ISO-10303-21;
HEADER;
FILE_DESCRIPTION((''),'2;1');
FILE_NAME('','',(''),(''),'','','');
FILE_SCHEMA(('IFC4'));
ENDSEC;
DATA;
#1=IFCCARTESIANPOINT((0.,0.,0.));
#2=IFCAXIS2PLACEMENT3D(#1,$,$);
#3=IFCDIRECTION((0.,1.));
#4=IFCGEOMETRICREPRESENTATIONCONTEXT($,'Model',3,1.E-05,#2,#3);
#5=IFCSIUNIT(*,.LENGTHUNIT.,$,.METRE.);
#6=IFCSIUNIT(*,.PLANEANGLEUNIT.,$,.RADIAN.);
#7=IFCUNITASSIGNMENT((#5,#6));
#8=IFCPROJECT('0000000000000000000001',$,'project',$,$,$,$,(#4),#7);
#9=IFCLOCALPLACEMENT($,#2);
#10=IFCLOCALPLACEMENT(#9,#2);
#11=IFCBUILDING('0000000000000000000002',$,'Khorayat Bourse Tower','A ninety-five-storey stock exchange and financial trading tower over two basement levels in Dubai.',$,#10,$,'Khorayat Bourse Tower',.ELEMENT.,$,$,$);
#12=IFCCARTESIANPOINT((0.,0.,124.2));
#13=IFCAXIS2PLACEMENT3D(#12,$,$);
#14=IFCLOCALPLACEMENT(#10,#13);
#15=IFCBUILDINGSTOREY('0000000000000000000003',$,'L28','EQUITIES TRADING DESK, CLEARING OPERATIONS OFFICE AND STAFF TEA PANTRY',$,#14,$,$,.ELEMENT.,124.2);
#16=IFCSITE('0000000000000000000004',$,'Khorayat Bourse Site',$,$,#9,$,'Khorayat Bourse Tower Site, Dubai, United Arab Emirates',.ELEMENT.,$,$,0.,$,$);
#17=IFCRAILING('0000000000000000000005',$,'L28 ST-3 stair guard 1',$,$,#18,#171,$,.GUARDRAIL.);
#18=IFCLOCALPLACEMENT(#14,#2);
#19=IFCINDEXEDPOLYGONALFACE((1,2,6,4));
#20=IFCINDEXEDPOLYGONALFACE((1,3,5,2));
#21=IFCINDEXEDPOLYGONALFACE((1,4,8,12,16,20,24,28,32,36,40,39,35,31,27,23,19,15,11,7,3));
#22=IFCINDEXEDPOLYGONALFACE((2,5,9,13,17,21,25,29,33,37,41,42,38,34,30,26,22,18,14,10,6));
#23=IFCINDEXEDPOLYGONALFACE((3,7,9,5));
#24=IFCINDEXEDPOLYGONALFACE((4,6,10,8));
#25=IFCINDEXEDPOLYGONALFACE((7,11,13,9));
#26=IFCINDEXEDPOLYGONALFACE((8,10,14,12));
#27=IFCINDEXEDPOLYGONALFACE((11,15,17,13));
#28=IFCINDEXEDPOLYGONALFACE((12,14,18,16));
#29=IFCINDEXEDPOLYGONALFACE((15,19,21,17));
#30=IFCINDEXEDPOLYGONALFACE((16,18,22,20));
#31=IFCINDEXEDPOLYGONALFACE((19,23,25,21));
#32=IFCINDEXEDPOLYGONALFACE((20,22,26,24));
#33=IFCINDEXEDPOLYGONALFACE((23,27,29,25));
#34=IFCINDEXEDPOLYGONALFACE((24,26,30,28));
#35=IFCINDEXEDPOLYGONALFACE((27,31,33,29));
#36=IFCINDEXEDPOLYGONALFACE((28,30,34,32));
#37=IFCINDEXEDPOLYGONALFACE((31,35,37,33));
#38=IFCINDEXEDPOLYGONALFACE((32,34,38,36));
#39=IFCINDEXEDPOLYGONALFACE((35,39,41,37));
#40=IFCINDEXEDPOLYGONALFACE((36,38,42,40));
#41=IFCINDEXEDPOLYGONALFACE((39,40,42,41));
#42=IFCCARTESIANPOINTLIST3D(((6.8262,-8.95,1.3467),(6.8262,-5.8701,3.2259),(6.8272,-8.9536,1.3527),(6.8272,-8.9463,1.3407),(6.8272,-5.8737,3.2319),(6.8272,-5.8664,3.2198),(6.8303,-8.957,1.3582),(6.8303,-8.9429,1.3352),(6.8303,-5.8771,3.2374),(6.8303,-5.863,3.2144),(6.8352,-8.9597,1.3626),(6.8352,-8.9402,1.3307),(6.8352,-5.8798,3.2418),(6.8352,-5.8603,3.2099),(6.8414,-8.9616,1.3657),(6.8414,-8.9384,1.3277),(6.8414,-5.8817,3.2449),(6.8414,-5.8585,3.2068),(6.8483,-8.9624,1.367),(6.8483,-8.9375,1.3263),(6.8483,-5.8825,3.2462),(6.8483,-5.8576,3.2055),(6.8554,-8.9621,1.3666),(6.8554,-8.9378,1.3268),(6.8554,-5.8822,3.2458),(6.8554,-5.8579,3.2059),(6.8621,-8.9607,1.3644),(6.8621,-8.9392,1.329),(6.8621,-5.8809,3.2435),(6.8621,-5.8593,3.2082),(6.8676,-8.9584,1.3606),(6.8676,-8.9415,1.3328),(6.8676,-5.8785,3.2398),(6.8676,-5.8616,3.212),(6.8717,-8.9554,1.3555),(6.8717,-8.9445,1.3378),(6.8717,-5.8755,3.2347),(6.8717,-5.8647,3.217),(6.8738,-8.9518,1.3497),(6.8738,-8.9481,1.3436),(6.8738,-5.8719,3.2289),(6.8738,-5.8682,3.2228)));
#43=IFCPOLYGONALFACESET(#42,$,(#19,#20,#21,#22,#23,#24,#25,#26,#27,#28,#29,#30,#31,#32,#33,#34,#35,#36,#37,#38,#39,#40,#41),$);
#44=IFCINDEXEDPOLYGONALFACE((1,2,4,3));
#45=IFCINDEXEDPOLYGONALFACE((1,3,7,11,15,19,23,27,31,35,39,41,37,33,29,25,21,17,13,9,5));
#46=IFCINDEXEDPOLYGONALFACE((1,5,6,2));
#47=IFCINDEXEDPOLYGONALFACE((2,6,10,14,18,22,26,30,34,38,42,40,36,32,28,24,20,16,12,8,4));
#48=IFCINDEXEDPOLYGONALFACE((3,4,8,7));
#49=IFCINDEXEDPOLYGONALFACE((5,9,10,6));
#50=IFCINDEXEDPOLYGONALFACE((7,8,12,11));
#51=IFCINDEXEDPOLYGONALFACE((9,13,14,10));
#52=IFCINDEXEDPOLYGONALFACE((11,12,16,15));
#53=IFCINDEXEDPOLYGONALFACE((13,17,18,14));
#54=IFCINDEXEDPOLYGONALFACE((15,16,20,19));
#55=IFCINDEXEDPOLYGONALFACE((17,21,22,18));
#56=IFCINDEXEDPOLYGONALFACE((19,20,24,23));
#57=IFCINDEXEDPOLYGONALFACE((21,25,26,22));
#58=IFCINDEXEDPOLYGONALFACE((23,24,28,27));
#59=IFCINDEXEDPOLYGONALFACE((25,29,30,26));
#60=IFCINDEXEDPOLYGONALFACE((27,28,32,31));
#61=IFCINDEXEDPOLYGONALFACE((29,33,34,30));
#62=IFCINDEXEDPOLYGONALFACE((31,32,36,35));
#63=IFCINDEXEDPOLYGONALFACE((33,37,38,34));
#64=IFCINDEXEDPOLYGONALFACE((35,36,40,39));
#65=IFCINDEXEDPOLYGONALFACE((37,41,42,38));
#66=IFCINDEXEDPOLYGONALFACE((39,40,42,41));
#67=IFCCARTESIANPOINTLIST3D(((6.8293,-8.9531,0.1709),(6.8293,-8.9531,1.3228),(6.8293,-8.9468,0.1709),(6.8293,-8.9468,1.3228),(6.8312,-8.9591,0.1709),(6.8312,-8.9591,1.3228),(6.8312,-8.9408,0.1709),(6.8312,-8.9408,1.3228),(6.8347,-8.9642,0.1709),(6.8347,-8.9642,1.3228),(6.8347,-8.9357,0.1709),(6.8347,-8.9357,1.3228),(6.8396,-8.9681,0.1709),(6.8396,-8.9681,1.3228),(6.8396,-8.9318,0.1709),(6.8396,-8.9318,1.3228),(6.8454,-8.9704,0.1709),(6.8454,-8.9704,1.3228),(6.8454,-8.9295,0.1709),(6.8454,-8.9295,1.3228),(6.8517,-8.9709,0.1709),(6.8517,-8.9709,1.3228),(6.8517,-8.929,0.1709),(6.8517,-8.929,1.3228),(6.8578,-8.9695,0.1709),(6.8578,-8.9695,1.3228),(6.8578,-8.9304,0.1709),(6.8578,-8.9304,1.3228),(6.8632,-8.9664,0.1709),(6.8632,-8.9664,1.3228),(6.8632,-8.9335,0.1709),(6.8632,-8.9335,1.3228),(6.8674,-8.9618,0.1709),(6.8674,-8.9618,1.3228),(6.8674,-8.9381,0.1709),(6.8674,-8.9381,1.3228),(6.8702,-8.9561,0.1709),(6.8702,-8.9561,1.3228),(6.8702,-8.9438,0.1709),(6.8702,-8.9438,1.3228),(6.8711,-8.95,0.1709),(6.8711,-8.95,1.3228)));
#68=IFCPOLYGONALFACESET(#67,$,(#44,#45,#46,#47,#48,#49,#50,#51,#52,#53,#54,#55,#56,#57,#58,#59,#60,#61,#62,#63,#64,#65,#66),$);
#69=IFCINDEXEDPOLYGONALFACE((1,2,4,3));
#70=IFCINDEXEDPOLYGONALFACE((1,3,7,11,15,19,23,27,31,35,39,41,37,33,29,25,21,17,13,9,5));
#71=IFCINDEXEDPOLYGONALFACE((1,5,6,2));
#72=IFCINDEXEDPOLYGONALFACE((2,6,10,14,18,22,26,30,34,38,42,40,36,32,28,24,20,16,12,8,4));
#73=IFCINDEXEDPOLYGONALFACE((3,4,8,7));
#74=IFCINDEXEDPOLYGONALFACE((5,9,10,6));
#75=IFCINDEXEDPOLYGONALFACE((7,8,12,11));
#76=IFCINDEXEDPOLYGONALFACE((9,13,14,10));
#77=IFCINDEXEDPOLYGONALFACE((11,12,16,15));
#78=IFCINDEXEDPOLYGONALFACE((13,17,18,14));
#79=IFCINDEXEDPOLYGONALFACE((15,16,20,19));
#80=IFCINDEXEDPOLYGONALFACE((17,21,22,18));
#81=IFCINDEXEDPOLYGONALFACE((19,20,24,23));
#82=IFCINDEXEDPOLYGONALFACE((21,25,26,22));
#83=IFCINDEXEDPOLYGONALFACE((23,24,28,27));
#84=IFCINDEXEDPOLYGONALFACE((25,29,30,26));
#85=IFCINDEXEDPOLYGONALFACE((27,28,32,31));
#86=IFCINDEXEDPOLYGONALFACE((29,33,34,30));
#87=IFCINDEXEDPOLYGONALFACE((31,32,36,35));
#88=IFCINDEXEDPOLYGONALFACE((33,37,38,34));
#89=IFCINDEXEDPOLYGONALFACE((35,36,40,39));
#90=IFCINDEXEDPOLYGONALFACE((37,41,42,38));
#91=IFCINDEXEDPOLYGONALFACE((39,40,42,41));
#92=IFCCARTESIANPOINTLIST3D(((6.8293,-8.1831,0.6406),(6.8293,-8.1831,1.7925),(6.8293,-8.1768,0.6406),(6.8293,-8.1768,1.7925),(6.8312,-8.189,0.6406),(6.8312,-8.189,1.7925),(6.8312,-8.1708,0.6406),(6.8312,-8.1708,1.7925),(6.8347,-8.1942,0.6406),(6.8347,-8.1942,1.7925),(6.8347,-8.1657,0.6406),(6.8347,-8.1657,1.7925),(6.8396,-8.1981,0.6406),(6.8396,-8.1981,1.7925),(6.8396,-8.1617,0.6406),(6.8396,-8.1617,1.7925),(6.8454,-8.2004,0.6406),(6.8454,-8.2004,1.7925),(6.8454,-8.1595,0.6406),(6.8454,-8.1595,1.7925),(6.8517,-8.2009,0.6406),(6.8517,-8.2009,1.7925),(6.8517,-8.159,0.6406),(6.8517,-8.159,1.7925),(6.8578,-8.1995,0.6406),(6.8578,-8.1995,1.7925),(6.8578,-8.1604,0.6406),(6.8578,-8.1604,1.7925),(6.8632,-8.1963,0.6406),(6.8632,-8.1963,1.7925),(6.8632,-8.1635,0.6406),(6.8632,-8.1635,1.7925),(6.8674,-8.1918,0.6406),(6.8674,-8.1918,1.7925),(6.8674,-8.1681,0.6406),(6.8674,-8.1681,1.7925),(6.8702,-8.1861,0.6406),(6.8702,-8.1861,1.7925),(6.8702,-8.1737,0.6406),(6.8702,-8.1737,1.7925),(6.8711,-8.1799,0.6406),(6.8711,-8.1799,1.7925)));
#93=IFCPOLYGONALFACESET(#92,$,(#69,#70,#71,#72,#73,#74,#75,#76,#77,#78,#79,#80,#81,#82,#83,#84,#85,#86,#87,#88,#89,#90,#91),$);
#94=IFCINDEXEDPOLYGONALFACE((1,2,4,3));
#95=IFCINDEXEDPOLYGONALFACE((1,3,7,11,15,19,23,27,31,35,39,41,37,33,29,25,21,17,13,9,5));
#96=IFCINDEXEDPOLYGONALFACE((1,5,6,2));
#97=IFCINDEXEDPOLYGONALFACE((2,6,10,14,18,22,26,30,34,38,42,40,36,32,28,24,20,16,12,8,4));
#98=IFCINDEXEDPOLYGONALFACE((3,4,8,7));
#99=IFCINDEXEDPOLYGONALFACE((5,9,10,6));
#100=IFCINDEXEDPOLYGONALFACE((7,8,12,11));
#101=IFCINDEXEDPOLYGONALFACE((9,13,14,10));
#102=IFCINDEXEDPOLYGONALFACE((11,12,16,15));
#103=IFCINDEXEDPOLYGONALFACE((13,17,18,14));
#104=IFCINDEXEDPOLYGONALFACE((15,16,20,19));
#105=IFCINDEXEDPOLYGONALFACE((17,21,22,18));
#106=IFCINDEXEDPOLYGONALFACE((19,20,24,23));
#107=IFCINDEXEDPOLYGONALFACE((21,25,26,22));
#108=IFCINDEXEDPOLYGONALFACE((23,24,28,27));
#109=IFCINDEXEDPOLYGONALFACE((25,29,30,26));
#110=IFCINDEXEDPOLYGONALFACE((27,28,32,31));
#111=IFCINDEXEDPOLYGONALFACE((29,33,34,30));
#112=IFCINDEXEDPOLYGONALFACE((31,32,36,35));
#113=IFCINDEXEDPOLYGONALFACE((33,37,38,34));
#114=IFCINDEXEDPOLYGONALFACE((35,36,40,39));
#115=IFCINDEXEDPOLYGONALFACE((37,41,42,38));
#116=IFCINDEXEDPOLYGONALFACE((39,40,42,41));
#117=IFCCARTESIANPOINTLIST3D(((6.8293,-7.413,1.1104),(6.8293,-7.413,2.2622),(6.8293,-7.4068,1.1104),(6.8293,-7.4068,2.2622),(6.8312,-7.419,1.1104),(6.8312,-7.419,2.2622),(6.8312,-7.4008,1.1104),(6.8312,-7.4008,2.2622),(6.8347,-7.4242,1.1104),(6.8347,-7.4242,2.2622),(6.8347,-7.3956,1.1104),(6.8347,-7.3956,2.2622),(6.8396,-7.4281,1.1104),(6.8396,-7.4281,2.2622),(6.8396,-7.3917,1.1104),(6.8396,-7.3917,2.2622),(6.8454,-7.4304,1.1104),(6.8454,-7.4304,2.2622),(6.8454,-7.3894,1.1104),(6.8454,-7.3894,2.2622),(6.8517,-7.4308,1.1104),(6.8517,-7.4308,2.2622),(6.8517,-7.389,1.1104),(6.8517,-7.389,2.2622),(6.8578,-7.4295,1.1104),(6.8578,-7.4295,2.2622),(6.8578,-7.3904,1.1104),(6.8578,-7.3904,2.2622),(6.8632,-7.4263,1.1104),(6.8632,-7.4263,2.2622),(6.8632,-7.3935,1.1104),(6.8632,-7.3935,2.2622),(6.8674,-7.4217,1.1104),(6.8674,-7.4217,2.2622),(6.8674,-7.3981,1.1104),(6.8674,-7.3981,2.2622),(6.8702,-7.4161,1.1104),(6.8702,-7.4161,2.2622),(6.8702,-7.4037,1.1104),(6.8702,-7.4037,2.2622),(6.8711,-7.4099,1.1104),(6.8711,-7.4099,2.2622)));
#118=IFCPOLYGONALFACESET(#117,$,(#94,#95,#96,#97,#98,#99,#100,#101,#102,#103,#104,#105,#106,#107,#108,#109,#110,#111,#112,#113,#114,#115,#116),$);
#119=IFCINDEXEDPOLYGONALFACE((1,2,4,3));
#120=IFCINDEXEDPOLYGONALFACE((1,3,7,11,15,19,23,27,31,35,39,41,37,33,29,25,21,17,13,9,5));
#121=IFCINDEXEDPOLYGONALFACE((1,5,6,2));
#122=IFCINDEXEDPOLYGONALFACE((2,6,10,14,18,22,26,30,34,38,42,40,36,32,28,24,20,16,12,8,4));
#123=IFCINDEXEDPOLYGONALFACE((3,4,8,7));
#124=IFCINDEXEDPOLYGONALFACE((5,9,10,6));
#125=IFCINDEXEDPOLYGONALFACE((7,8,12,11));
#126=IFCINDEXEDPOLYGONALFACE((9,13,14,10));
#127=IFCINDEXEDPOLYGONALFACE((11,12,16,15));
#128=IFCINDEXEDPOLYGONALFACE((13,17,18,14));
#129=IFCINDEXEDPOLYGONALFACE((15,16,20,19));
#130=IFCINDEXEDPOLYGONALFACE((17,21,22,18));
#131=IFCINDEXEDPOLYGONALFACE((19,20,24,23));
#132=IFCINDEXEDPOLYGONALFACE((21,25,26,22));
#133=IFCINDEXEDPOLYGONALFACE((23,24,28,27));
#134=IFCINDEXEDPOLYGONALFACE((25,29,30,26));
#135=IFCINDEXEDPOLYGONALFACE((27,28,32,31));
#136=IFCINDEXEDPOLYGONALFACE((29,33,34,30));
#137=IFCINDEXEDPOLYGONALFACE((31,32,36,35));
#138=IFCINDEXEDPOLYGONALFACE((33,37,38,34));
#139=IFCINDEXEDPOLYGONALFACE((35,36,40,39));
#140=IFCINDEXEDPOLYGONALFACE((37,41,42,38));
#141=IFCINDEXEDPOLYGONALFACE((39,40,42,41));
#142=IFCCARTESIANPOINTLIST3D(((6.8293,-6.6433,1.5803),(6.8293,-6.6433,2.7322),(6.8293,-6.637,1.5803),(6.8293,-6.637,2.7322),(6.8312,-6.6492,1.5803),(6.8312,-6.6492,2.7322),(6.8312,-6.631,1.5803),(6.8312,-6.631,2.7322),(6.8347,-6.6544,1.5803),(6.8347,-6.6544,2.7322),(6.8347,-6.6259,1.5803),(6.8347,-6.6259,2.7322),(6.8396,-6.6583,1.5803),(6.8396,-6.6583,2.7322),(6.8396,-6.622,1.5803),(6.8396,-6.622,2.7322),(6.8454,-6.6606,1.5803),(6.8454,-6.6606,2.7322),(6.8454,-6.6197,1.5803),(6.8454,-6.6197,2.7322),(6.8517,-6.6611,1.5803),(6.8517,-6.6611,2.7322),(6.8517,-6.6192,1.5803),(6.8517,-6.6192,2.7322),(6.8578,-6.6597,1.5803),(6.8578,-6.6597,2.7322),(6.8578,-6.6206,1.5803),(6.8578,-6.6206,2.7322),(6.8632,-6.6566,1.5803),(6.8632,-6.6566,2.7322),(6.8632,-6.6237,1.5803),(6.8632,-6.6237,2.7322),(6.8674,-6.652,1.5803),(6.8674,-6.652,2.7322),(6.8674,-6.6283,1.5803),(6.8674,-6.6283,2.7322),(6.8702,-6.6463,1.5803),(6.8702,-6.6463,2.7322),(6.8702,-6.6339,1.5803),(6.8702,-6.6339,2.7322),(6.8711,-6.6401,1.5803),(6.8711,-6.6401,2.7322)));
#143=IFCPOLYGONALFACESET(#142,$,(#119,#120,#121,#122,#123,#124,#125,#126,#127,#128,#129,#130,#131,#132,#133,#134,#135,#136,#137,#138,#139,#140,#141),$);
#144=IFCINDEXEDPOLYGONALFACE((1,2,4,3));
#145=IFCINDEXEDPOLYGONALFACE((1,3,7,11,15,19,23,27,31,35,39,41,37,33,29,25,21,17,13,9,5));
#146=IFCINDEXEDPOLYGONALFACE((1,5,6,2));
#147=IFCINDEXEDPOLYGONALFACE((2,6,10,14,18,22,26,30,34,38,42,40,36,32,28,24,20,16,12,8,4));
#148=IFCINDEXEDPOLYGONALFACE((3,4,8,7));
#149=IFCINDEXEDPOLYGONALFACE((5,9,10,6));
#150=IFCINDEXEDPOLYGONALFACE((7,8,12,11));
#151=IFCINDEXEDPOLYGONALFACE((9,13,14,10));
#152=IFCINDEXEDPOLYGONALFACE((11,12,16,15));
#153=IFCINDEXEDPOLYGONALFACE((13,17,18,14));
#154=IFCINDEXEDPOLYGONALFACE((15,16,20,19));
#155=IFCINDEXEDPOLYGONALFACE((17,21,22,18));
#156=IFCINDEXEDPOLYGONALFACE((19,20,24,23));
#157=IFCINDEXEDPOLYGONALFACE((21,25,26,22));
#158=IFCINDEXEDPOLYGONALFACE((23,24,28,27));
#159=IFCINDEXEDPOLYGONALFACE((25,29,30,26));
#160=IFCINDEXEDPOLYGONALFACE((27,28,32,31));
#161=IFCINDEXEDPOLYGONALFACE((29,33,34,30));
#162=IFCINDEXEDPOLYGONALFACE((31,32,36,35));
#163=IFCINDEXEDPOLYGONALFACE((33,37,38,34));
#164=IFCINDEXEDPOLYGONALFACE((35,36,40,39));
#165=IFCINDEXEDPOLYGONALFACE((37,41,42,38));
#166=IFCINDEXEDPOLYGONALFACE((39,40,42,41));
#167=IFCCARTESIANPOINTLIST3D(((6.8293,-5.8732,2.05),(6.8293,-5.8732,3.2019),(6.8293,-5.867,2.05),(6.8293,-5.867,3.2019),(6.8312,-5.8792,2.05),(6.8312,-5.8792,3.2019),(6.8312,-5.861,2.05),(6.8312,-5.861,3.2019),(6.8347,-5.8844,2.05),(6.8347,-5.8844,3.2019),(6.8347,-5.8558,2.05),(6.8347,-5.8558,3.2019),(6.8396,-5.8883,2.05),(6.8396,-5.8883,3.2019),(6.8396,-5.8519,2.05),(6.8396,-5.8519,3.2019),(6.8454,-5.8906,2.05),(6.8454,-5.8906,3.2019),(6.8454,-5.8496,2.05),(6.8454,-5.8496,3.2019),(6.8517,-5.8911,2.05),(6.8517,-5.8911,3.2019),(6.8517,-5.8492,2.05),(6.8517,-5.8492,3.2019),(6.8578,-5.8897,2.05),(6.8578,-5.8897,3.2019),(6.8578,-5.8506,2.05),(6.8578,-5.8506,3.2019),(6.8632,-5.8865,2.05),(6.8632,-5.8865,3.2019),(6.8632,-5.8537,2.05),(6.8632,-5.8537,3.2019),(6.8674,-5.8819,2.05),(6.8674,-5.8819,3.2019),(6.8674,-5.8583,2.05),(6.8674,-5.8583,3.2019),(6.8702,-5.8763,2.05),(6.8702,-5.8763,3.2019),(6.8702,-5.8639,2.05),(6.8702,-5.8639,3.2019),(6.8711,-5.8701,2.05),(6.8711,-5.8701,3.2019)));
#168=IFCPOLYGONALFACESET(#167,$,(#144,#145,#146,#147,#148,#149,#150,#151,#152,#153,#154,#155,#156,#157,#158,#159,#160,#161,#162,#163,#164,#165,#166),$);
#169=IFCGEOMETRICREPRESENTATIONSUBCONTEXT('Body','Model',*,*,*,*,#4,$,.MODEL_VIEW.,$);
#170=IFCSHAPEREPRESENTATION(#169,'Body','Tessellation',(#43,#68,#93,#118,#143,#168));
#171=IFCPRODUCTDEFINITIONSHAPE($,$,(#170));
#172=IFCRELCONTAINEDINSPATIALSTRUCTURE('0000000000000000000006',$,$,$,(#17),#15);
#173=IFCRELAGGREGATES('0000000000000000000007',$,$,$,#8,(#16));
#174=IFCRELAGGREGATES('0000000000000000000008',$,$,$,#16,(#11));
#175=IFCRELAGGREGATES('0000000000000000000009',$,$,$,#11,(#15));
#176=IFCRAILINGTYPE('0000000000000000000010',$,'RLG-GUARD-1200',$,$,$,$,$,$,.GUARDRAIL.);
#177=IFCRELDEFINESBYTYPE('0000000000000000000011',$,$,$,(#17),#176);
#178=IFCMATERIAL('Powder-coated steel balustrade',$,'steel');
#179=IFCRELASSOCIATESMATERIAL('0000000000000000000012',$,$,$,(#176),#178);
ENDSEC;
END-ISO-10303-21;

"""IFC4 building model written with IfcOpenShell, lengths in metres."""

from ifc_helpers import new_model, si_unit, direction, frame, origin, origin_2d, place, context, subcontext, project, spatial, circle, extrude, source, transform, mapped, material, type_object, element, save


model = new_model("IFC4")

# Units and contexts
model_context = context("Model", 3, precision=1e-05, world=origin(), true_north=direction((0.0, 1.0)))
body_context = subcontext(model_context, "Body", "Model", "MODEL_VIEW")
ifc_project = project(units=[si_unit("LENGTHUNIT", "METRE"), si_unit("PLANEANGLEUNIT", "RADIAN")], contexts=[model_context])

# Site, building, storey
site_placement = place(None, origin())
site = spatial("IfcSite", under=ifc_project, at=site_placement, Name="Khorayat Bourse Site", LongName="Khorayat Bourse Tower Site, Dubai, United Arab Emirates", CompositionType="ELEMENT", RefElevation=0.0)
building_placement = place(site_placement, origin())
building = spatial("IfcBuilding", under=site, at=building_placement, Name="Khorayat Bourse Tower", Description="A ninety-five-storey stock exchange and financial trading tower over two basement levels in Dubai.", LongName="Khorayat Bourse Tower", CompositionType="ELEMENT")
storey_placement = place(building_placement, frame((0.0, 0.0, 124.2)))
storey = spatial("IfcBuildingStorey", under=building, at=storey_placement, Name="L28", Description="EQUITIES TRADING DESK, CLEARING OPERATIONS OFFICE AND STAFF TEA PANTRY", CompositionType="ELEMENT", Elevation=124.2)

# Railing
ifc_material_1 = material(Name="Powder-coated steel balustrade", Category="steel")
railing_type_1 = type_object("IfcRailingType", Name="RLG-GUARD-1200", PredefinedType="GUARDRAIL", material=ifc_material_1)
shared_shape_1 = source(origin(), body_context, "Body", "SweptSolid", [
    extrude(circle(Radius=0.0239, at=origin_2d()), frame((0.0, 0.0, 1.1758), z_axis=(0.0, 0.853648, 0.52085), x_axis=(-1.0, 0.0, 0.0)), (0.0, 0.0, 1.0), 3.6079),
    extrude(circle(Radius=0.021, at=origin_2d()), origin(), (0.0, 0.0, 1.0), 1.1519),
    extrude(circle(Radius=0.021, at=origin_2d()), frame((0.0, 0.77, 0.4697)), (0.0, 0.0, 1.0), 1.1519),
    extrude(circle(Radius=0.021, at=origin_2d()), frame((0.0, 1.54, 0.9395)), (0.0, 0.0, 1.0), 1.1519),
    extrude(circle(Radius=0.021, at=origin_2d()), frame((0.0, 2.3098, 1.4094)), (0.0, 0.0, 1.0), 1.1519),
    extrude(circle(Radius=0.021, at=origin_2d()), frame((0.0, 3.0798, 1.8792)), (0.0, 0.0, 1.0), 1.1519),
])
railing_1_placement = place(storey_placement, frame((6.8501, -8.95, 0.1709)))
element("IfcRailing", 1, at=railing_1_placement, inside=storey, type_object=railing_type_1, Name="L28 ST-3 stair guard 1", PredefinedType="GUARDRAIL", context=body_context, shape_type="MappedRepresentation", body=[
    mapped(shared_shape_1, transform((0.0, 0.0, 0.0), scale=1.0)),
])

save(model, "model.ifc")
